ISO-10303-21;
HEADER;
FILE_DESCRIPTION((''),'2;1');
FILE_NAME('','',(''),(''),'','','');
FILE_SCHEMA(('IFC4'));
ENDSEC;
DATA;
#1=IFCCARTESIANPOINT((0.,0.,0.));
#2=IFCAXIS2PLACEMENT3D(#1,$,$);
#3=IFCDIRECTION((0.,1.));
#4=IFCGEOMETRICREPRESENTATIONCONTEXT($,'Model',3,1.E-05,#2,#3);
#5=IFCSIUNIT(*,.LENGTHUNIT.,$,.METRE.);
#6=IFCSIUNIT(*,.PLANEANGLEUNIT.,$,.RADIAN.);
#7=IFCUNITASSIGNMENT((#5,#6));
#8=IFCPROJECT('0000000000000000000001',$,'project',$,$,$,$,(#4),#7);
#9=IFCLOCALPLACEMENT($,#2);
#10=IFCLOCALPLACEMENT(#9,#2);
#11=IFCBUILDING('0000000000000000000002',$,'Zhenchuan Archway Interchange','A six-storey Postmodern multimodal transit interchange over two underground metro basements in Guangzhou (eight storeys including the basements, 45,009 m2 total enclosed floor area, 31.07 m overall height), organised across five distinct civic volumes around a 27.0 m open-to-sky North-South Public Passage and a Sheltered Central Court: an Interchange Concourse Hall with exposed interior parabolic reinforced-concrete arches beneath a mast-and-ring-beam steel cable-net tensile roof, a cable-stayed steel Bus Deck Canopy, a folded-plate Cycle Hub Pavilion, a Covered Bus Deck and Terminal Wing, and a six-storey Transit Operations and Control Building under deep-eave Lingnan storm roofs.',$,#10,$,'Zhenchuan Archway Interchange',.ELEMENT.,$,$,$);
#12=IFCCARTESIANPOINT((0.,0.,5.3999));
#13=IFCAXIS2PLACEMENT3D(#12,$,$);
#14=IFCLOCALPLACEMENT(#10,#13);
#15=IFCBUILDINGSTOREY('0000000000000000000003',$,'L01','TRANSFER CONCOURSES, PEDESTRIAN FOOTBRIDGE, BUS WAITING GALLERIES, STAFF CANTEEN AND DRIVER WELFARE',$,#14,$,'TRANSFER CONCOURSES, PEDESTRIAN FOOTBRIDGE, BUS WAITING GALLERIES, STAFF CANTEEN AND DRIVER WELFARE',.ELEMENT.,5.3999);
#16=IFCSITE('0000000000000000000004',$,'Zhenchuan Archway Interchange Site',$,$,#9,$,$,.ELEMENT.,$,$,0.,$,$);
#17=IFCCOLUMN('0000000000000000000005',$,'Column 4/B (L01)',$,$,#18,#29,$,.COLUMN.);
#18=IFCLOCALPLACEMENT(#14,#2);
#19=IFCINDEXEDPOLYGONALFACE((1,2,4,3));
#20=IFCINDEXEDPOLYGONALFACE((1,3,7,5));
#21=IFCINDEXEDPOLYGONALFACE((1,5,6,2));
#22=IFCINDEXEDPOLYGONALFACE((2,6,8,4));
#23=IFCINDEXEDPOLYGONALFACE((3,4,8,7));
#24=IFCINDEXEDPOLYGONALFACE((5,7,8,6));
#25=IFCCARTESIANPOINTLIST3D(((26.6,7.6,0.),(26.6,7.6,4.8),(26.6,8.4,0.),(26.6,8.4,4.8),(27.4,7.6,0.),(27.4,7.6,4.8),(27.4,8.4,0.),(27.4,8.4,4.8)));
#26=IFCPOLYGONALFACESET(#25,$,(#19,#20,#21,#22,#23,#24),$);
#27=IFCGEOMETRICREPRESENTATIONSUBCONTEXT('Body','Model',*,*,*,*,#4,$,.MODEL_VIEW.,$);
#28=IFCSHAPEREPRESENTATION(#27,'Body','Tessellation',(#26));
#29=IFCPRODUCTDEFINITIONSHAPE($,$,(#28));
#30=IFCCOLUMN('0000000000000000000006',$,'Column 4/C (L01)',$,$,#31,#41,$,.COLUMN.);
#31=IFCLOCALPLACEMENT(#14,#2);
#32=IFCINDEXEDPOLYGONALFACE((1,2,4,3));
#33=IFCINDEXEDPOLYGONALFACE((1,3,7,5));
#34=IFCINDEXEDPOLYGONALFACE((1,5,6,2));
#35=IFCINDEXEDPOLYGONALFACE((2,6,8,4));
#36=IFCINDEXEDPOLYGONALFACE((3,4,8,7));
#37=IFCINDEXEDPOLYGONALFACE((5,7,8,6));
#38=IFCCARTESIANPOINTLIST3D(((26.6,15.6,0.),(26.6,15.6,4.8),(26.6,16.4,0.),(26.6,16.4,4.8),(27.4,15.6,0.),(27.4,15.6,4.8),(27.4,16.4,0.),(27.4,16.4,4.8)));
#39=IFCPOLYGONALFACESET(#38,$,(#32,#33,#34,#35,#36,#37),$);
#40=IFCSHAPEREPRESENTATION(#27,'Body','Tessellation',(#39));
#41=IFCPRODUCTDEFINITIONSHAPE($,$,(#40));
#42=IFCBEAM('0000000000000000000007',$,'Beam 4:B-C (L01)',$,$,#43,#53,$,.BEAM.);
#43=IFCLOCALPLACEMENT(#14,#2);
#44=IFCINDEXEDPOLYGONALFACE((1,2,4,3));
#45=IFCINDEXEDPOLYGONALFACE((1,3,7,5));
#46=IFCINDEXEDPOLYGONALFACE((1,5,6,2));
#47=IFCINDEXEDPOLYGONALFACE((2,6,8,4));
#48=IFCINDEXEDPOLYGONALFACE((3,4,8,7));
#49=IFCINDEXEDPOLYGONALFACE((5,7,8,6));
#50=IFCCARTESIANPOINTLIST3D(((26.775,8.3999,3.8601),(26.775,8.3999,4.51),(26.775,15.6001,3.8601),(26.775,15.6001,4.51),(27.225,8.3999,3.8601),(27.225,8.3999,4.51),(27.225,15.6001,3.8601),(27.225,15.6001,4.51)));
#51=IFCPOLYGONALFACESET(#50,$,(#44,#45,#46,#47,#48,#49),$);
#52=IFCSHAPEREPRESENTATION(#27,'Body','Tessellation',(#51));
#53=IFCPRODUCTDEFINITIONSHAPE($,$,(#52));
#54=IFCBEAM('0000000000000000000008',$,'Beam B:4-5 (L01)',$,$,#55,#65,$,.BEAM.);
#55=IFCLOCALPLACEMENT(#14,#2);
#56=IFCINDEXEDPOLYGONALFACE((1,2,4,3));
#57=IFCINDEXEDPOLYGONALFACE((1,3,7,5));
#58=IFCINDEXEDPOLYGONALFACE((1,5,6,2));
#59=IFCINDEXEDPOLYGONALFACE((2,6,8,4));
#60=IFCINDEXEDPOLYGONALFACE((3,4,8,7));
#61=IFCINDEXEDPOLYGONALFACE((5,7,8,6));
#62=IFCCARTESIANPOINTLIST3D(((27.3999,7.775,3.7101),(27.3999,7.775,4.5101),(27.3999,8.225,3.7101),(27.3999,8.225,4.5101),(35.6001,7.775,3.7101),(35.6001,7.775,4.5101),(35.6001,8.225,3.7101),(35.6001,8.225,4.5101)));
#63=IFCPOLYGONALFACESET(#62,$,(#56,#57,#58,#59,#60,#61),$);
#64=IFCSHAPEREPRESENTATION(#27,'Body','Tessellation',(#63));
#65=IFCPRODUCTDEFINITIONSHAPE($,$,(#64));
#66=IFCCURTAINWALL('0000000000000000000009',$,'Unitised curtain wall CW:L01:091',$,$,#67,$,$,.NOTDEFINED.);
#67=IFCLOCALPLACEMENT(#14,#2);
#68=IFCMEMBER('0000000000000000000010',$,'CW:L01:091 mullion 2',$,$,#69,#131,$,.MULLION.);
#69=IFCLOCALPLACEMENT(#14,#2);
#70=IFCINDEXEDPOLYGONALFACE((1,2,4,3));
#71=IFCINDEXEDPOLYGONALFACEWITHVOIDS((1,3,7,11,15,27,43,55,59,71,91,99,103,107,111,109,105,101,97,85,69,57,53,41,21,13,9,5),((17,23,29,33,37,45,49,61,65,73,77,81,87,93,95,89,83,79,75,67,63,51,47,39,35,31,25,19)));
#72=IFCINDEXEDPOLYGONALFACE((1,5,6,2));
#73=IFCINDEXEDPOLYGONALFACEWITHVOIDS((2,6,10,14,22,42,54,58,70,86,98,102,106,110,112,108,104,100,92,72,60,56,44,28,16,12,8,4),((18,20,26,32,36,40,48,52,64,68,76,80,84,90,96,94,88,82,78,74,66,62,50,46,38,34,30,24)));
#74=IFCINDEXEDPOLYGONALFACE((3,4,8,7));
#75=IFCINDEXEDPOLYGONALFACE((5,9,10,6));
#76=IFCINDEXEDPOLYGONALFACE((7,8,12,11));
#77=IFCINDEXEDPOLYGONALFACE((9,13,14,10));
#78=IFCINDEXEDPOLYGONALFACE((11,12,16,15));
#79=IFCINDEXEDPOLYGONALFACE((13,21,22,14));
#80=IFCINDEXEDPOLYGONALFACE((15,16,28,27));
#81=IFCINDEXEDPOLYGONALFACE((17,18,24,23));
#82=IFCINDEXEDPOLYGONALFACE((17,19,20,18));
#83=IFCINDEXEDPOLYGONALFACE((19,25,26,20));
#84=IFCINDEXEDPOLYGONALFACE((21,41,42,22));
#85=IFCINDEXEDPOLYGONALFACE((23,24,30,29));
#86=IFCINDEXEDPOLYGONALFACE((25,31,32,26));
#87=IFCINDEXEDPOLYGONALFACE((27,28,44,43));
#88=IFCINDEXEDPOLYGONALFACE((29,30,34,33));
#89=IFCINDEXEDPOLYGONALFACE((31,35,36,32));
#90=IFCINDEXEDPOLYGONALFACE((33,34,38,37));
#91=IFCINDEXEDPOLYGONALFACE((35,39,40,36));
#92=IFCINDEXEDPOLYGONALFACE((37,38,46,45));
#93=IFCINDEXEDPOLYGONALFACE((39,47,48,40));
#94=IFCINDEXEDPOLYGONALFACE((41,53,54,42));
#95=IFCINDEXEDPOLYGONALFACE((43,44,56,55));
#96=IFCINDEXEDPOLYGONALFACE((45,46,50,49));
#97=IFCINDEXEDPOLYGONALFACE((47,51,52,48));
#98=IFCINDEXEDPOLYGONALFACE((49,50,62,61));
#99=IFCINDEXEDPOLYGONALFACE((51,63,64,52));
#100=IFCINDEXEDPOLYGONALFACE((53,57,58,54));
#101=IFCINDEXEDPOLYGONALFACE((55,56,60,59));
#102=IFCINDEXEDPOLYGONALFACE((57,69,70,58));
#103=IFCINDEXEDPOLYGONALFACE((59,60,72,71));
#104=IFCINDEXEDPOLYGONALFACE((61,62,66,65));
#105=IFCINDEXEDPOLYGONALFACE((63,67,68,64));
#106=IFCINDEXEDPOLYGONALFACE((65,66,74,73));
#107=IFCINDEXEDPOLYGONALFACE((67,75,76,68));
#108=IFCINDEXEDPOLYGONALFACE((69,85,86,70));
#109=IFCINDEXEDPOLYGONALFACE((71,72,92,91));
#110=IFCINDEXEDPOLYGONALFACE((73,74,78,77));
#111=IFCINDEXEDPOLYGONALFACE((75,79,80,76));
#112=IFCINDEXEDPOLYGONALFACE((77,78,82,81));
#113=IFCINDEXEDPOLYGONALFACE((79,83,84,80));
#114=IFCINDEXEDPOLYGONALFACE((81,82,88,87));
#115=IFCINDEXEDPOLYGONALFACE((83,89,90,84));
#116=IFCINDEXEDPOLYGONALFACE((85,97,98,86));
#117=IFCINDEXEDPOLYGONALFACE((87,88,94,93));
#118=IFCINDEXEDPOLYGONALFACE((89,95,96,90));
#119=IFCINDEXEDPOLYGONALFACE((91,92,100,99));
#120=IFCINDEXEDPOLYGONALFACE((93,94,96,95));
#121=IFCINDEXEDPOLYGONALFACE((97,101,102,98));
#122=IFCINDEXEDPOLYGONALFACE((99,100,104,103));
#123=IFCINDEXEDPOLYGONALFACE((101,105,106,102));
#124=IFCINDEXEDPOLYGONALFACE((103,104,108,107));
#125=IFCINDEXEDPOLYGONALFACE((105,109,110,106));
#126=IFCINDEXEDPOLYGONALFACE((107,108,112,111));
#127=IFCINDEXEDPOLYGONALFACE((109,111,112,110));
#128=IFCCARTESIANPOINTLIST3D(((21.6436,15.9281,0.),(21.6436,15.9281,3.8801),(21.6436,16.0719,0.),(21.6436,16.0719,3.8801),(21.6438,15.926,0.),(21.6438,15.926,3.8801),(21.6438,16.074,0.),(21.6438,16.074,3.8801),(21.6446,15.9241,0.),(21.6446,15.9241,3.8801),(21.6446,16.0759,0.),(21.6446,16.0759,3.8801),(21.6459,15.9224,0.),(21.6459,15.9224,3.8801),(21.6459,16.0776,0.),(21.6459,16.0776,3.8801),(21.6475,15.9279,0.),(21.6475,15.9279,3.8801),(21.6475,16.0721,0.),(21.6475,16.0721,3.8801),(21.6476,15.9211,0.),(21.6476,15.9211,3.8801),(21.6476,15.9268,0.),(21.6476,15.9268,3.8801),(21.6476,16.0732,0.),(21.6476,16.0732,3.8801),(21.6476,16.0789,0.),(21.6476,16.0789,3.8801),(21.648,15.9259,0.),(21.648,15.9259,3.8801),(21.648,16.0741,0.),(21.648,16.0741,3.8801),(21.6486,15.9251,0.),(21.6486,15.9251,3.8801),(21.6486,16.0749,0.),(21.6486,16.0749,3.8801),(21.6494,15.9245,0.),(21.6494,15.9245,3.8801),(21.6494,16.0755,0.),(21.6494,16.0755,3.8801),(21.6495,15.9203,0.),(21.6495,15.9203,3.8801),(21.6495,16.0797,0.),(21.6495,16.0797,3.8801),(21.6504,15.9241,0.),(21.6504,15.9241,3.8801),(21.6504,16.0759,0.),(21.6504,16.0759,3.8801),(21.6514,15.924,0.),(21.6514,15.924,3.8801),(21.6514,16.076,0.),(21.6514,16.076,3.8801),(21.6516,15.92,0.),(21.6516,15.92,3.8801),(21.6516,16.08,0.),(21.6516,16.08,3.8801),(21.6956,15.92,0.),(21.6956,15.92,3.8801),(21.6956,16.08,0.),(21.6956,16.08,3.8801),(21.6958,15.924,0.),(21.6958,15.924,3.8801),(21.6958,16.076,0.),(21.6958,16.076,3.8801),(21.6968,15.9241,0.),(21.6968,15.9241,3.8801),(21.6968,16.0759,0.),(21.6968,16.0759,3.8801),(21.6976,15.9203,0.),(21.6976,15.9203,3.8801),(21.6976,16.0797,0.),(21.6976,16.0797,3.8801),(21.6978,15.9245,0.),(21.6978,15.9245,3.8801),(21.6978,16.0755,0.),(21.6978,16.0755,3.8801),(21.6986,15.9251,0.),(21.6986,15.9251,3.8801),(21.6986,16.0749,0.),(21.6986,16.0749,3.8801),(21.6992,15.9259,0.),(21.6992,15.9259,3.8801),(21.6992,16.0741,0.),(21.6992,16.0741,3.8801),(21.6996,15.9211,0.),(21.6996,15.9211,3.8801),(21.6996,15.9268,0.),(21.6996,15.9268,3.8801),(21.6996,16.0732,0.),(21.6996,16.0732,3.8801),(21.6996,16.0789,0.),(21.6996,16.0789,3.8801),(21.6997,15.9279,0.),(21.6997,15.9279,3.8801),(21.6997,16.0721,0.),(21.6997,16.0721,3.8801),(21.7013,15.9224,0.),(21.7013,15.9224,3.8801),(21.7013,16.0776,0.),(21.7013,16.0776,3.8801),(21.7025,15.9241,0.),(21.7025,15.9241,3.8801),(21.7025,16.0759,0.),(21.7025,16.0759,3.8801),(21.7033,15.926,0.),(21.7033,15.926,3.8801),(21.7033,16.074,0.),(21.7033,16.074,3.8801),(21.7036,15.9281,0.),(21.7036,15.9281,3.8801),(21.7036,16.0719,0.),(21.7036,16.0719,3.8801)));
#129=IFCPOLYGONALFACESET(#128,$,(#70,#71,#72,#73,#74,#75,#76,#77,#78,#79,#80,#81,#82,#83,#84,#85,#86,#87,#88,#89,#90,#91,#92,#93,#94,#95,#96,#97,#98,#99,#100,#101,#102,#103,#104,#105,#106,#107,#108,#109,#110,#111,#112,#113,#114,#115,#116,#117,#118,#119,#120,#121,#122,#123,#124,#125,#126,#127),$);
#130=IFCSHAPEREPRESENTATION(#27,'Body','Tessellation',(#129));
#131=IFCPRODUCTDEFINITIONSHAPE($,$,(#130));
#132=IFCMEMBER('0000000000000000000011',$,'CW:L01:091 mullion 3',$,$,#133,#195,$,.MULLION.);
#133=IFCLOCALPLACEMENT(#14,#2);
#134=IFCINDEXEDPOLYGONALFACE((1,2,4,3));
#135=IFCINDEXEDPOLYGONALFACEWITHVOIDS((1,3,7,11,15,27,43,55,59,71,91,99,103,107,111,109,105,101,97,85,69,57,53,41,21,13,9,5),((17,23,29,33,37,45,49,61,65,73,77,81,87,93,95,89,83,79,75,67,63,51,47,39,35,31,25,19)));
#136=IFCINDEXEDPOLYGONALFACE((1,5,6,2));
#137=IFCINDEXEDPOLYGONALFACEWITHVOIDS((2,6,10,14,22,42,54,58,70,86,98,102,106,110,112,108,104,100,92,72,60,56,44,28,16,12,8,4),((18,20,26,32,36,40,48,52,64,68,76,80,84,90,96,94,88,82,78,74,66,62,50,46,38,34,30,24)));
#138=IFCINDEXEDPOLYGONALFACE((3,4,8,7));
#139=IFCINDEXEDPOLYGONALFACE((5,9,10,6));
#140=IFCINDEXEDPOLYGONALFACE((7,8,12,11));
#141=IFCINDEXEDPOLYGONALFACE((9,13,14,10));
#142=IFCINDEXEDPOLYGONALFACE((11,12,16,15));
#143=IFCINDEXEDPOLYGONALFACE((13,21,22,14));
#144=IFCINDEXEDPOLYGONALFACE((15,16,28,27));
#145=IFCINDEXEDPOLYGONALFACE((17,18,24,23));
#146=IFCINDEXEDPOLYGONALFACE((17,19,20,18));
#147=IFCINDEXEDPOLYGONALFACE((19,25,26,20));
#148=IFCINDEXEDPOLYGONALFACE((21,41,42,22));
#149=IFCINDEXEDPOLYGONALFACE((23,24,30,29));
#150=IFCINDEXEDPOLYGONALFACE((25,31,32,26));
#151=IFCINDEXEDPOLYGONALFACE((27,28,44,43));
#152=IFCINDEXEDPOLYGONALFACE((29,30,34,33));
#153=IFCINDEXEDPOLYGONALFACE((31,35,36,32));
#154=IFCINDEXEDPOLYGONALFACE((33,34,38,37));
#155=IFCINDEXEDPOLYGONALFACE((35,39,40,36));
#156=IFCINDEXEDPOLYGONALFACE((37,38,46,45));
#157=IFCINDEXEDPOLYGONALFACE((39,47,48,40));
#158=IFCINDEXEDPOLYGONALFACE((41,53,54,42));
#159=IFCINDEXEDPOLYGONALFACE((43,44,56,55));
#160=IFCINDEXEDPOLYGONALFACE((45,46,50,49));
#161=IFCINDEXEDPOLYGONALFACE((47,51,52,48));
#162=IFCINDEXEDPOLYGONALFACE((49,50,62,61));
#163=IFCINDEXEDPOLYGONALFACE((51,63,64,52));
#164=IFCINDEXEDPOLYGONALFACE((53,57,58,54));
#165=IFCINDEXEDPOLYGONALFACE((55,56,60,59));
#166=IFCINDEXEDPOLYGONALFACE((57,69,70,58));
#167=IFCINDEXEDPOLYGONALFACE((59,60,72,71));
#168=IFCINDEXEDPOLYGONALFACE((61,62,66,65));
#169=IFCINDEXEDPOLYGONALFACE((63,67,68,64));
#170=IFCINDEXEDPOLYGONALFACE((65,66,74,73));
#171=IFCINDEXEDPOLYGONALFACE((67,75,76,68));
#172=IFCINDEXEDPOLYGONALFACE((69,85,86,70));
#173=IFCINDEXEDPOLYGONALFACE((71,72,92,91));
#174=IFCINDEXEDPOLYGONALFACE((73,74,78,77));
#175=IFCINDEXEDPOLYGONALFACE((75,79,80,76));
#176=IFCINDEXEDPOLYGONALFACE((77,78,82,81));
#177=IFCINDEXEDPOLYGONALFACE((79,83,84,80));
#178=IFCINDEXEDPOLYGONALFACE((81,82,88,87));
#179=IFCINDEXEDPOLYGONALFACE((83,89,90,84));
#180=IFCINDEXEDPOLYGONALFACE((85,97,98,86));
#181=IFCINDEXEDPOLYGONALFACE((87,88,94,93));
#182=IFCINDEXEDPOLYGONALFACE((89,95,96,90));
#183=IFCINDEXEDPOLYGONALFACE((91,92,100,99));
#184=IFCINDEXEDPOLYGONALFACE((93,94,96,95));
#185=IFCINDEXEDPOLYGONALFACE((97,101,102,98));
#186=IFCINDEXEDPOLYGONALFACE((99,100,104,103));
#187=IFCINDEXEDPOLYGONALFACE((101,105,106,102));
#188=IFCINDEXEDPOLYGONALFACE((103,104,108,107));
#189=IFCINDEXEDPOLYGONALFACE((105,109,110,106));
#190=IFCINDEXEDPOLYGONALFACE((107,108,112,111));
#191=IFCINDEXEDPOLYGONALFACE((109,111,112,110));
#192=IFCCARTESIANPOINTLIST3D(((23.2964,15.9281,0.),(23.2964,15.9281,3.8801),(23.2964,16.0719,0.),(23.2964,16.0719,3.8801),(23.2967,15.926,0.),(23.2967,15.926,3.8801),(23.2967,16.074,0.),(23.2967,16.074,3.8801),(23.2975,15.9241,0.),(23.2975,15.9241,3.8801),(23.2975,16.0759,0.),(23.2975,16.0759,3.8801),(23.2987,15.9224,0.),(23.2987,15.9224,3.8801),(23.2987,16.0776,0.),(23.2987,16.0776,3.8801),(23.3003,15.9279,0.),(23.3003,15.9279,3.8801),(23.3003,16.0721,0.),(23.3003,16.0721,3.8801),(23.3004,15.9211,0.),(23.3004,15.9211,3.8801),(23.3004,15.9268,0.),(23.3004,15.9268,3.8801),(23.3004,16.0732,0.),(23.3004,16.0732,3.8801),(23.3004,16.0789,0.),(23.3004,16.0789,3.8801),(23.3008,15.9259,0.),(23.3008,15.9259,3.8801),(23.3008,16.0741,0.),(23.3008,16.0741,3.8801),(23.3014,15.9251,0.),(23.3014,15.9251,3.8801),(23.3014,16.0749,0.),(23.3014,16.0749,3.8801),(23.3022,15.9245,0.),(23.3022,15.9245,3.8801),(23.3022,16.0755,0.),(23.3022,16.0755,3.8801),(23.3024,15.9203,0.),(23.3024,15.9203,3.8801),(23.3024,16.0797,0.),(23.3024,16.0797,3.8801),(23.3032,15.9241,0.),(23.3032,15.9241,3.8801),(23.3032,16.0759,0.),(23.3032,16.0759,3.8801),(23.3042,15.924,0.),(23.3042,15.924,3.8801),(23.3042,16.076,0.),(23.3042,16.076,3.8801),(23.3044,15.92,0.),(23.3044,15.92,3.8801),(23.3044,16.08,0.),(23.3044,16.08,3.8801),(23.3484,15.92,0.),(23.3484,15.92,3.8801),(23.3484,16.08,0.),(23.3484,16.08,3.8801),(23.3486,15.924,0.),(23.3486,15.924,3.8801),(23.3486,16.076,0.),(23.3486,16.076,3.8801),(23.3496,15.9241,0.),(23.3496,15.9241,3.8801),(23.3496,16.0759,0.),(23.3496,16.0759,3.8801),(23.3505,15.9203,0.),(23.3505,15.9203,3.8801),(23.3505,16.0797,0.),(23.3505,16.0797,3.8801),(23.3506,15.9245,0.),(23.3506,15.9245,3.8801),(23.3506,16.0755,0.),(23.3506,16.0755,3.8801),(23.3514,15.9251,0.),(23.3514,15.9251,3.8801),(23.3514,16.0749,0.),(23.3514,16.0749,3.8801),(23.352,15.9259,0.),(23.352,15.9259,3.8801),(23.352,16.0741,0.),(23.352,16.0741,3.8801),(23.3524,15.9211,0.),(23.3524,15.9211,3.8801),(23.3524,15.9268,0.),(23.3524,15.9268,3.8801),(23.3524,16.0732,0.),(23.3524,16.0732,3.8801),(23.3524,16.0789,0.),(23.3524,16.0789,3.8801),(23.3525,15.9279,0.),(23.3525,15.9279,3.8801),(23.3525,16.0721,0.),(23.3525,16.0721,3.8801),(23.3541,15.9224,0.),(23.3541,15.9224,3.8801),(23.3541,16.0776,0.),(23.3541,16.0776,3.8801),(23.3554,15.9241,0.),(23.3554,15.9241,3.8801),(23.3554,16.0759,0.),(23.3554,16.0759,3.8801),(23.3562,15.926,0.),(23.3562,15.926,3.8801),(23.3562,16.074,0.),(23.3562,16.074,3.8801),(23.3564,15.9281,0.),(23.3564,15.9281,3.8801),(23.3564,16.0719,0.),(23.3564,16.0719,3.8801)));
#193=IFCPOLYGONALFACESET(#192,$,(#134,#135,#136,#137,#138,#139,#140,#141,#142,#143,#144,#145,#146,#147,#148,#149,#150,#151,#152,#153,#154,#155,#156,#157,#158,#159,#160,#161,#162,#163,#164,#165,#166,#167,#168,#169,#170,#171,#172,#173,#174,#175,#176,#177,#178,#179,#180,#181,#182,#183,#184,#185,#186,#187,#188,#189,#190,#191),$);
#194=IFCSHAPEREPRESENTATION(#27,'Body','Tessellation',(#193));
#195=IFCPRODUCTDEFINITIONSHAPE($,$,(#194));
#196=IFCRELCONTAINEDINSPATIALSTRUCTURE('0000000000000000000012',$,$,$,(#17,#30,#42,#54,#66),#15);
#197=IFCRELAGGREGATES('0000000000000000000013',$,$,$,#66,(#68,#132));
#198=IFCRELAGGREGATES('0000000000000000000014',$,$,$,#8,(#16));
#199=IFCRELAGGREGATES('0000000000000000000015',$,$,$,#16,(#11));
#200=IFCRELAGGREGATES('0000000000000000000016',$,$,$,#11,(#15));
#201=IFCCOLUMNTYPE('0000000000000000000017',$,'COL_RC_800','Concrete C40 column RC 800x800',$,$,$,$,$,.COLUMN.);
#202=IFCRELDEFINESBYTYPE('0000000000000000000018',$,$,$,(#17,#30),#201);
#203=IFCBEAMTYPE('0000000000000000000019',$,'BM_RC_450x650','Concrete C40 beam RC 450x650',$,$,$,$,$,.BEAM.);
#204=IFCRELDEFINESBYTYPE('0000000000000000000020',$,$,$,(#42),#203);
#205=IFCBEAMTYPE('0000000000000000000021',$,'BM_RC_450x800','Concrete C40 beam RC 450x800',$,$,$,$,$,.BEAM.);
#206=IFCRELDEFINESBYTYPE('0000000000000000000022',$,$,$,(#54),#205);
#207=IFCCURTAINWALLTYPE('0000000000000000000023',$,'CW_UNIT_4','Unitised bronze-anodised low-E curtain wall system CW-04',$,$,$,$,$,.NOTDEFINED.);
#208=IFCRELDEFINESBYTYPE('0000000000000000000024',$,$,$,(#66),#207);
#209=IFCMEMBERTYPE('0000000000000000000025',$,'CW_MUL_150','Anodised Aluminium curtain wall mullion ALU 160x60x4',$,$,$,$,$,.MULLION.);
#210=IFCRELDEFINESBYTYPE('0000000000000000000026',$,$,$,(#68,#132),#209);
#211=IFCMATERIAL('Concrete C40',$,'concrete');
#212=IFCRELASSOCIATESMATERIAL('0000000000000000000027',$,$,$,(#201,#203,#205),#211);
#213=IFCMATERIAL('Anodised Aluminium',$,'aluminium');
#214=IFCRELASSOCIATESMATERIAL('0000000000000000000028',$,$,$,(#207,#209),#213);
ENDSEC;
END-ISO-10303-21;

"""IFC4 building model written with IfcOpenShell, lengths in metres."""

from ifc_helpers import new_model, si_unit, direction, frame, origin, origin_2d, place, context, subcontext, project, spatial, rectangle, hollow_rectangle, extrude, material, material_profile, profile_set, type_object, element, aggregate, save


model = new_model("IFC4")

# Units and contexts
model_context = context("Model", 3, precision=1e-05, world=origin(), true_north=direction((0.0, 1.0)))
body_context = subcontext(model_context, "Body", "Model", "MODEL_VIEW")
ifc_project = project(units=[si_unit("LENGTHUNIT", "METRE"), si_unit("PLANEANGLEUNIT", "RADIAN")], contexts=[model_context])

# Site, building, storey
site_placement = place(None, origin())
site = spatial("IfcSite", under=ifc_project, at=site_placement, Name="Zhenchuan Archway Interchange Site", CompositionType="ELEMENT", RefElevation=0.0)
building_placement = place(site_placement, origin())
building = spatial("IfcBuilding", under=site, at=building_placement, Name="Zhenchuan Archway Interchange", Description="A six-storey Postmodern multimodal transit interchange over two underground metro basements in Guangzhou (eight storeys including the basements, 45,009 m2 total enclosed floor area, 31.07 m overall height), organised across five distinct civic volumes around a 27.0 m open-to-sky North-South Public Passage and a Sheltered Central Court: an Interchange Concourse Hall with exposed interior parabolic reinforced-concrete arches beneath a mast-and-ring-beam steel cable-net tensile roof, a cable-stayed steel Bus Deck Canopy, a folded-plate Cycle Hub Pavilion, a Covered Bus Deck and Terminal Wing, and a six-storey Transit Operations and Control Building under deep-eave Lingnan storm roofs.", LongName="Zhenchuan Archway Interchange", CompositionType="ELEMENT")
storey_placement = place(building_placement, frame((0.0, 0.0, 5.3999)))
storey = spatial("IfcBuildingStorey", under=building, at=storey_placement, Name="L01", Description="TRANSFER CONCOURSES, PEDESTRIAN FOOTBRIDGE, BUS WAITING GALLERIES, STAFF CANTEEN AND DRIVER WELFARE", LongName="TRANSFER CONCOURSES, PEDESTRIAN FOOTBRIDGE, BUS WAITING GALLERIES, STAFF CANTEEN AND DRIVER WELFARE", CompositionType="ELEMENT", Elevation=5.3999)

# Columns
ifc_material_1 = material(Name="Concrete C40", Category="concrete")
ifc_material_profile_1 = material_profile(ifc_material_1, rectangle(XDim=0.8, YDim=0.8, at=origin_2d()), Name="RC 800x800")
ifc_profile_set_1 = profile_set([ifc_material_profile_1], Name="Concrete C40")
column_type = type_object("IfcColumnType", Name="COL_RC_800", Description="Concrete C40 column RC 800x800", PredefinedType="COLUMN", material=ifc_profile_set_1)
for number, where, z_axis, x_axis, name in (
    (1, (27.0, 8.0, 0.0), (0.0, 0.0, 1.0), (1.0, 0.0, 0.0), "Column 4/B (L01)"),
    (2, (27.0, 16.0, 0.0), (0.0, 0.0, 1.0), (1.0, 0.0, 0.0), "Column 4/C (L01)"),
):
    element("IfcColumn", number, at=place(storey_placement, frame(where, z_axis=z_axis, x_axis=x_axis)), inside=storey, type_object=column_type, Name=name, PredefinedType="COLUMN", context=body_context, shape_type="SweptSolid", body=[
        extrude(rectangle(XDim=0.8, YDim=0.8, at=origin_2d()), origin(), (0.0, 0.0, 1.0), 4.8),
    ])

# Beams
ifc_material_profile_2 = material_profile(ifc_material_1, rectangle(XDim=0.45, YDim=0.6499, at=origin_2d()), Name="RC 450x650")
ifc_profile_set_2 = profile_set([ifc_material_profile_2], Name="Concrete C40")
beam_type_1 = type_object("IfcBeamType", Name="BM_RC_450x650", Description="Concrete C40 beam RC 450x650", PredefinedType="BEAM", material=ifc_profile_set_2)
beam_1_placement = place(storey_placement, frame((27.0, 8.3999, 4.1851), z_axis=(0.0, 1.0, 0.0), x_axis=(-1.0, 0.0, 0.0)))
element("IfcBeam", 3, at=beam_1_placement, inside=storey, type_object=beam_type_1, Name="Beam 4:B-C (L01)", PredefinedType="BEAM", context=body_context, shape_type="SweptSolid", body=[
    extrude(rectangle(XDim=0.45, YDim=0.6499, at=origin_2d()), origin(), (0.0, 0.0, 1.0), 7.2002),
])
ifc_material_profile_3 = material_profile(ifc_material_1, rectangle(XDim=0.45, YDim=0.8, at=origin_2d()), Name="RC 450x800")
ifc_profile_set_3 = profile_set([ifc_material_profile_3], Name="Concrete C40")
beam_type_2 = type_object("IfcBeamType", Name="BM_RC_450x800", Description="Concrete C40 beam RC 450x800", PredefinedType="BEAM", material=ifc_profile_set_3)
beam_2_placement = place(storey_placement, frame((27.3999, 8.0, 4.1101), z_axis=(1.0, 0.0, 0.0), x_axis=(0.0, 1.0, 0.0)))
element("IfcBeam", 4, at=beam_2_placement, inside=storey, type_object=beam_type_2, Name="Beam B:4-5 (L01)", PredefinedType="BEAM", context=body_context, shape_type="SweptSolid", body=[
    extrude(rectangle(XDim=0.45, YDim=0.8, at=origin_2d()), origin(), (0.0, 0.0, 1.0), 8.2002),
])

# Curtain wall, members
ifc_material_2 = material(Name="Anodised Aluminium", Category="aluminium")
curtain_wall_type = type_object("IfcCurtainWallType", Name="CW_UNIT_4", Description="Unitised bronze-anodised low-E curtain wall system CW-04", PredefinedType="NOTDEFINED", material=ifc_material_2)
curtain_wall_placement = place(storey_placement, origin())
curtain_wall = element("IfcCurtainWall", 5, at=curtain_wall_placement, inside=storey, type_object=curtain_wall_type, Name="Unitised curtain wall CW:L01:091", PredefinedType="NOTDEFINED")
ifc_material_profile_4 = material_profile(ifc_material_2, hollow_rectangle(XDim=0.0601, YDim=0.1599, WallThickness=0.0039, InnerFilletRadius=0.0039, OuterFilletRadius=0.0081, at=origin_2d()), Name="ALU 160x60x4")
ifc_profile_set_4 = profile_set([ifc_material_profile_4], Name="Anodised Aluminium")
member_type_1 = type_object("IfcMemberType", Name="CW_MUL_150", Description="Anodised Aluminium curtain wall mullion ALU 160x60x4", PredefinedType="MULLION", material=ifc_profile_set_4)
member_1_placement = place(storey_placement, frame((21.6736, 16.0, 0.0), z_axis=(0.0, 0.0, 1.0), x_axis=(1.0, 0.0, 0.0)))
member_1 = element("IfcMember", 6, at=member_1_placement, type_object=member_type_1, Name="CW:L01:091 mullion 2", PredefinedType="MULLION", context=body_context, shape_type="SweptSolid", body=[
    extrude(hollow_rectangle(XDim=0.0601, YDim=0.1599, WallThickness=0.0039, InnerFilletRadius=0.0039, OuterFilletRadius=0.0081, at=origin_2d()), origin(), (0.0, 0.0, 1.0), 3.8801),
])
member_2_placement = place(storey_placement, frame((23.3264, 16.0, 0.0), z_axis=(0.0, 0.0, 1.0), x_axis=(1.0, 0.0, 0.0)))
member_2 = element("IfcMember", 7, at=member_2_placement, type_object=member_type_1, Name="CW:L01:091 mullion 3", PredefinedType="MULLION", context=body_context, shape_type="SweptSolid", body=[
    extrude(hollow_rectangle(XDim=0.0601, YDim=0.1599, WallThickness=0.0039, InnerFilletRadius=0.0039, OuterFilletRadius=0.0081, at=origin_2d()), origin(), (0.0, 0.0, 1.0), 3.8801),
])

aggregate(curtain_wall, [member_1, member_2])

save(model, "model.ifc")
